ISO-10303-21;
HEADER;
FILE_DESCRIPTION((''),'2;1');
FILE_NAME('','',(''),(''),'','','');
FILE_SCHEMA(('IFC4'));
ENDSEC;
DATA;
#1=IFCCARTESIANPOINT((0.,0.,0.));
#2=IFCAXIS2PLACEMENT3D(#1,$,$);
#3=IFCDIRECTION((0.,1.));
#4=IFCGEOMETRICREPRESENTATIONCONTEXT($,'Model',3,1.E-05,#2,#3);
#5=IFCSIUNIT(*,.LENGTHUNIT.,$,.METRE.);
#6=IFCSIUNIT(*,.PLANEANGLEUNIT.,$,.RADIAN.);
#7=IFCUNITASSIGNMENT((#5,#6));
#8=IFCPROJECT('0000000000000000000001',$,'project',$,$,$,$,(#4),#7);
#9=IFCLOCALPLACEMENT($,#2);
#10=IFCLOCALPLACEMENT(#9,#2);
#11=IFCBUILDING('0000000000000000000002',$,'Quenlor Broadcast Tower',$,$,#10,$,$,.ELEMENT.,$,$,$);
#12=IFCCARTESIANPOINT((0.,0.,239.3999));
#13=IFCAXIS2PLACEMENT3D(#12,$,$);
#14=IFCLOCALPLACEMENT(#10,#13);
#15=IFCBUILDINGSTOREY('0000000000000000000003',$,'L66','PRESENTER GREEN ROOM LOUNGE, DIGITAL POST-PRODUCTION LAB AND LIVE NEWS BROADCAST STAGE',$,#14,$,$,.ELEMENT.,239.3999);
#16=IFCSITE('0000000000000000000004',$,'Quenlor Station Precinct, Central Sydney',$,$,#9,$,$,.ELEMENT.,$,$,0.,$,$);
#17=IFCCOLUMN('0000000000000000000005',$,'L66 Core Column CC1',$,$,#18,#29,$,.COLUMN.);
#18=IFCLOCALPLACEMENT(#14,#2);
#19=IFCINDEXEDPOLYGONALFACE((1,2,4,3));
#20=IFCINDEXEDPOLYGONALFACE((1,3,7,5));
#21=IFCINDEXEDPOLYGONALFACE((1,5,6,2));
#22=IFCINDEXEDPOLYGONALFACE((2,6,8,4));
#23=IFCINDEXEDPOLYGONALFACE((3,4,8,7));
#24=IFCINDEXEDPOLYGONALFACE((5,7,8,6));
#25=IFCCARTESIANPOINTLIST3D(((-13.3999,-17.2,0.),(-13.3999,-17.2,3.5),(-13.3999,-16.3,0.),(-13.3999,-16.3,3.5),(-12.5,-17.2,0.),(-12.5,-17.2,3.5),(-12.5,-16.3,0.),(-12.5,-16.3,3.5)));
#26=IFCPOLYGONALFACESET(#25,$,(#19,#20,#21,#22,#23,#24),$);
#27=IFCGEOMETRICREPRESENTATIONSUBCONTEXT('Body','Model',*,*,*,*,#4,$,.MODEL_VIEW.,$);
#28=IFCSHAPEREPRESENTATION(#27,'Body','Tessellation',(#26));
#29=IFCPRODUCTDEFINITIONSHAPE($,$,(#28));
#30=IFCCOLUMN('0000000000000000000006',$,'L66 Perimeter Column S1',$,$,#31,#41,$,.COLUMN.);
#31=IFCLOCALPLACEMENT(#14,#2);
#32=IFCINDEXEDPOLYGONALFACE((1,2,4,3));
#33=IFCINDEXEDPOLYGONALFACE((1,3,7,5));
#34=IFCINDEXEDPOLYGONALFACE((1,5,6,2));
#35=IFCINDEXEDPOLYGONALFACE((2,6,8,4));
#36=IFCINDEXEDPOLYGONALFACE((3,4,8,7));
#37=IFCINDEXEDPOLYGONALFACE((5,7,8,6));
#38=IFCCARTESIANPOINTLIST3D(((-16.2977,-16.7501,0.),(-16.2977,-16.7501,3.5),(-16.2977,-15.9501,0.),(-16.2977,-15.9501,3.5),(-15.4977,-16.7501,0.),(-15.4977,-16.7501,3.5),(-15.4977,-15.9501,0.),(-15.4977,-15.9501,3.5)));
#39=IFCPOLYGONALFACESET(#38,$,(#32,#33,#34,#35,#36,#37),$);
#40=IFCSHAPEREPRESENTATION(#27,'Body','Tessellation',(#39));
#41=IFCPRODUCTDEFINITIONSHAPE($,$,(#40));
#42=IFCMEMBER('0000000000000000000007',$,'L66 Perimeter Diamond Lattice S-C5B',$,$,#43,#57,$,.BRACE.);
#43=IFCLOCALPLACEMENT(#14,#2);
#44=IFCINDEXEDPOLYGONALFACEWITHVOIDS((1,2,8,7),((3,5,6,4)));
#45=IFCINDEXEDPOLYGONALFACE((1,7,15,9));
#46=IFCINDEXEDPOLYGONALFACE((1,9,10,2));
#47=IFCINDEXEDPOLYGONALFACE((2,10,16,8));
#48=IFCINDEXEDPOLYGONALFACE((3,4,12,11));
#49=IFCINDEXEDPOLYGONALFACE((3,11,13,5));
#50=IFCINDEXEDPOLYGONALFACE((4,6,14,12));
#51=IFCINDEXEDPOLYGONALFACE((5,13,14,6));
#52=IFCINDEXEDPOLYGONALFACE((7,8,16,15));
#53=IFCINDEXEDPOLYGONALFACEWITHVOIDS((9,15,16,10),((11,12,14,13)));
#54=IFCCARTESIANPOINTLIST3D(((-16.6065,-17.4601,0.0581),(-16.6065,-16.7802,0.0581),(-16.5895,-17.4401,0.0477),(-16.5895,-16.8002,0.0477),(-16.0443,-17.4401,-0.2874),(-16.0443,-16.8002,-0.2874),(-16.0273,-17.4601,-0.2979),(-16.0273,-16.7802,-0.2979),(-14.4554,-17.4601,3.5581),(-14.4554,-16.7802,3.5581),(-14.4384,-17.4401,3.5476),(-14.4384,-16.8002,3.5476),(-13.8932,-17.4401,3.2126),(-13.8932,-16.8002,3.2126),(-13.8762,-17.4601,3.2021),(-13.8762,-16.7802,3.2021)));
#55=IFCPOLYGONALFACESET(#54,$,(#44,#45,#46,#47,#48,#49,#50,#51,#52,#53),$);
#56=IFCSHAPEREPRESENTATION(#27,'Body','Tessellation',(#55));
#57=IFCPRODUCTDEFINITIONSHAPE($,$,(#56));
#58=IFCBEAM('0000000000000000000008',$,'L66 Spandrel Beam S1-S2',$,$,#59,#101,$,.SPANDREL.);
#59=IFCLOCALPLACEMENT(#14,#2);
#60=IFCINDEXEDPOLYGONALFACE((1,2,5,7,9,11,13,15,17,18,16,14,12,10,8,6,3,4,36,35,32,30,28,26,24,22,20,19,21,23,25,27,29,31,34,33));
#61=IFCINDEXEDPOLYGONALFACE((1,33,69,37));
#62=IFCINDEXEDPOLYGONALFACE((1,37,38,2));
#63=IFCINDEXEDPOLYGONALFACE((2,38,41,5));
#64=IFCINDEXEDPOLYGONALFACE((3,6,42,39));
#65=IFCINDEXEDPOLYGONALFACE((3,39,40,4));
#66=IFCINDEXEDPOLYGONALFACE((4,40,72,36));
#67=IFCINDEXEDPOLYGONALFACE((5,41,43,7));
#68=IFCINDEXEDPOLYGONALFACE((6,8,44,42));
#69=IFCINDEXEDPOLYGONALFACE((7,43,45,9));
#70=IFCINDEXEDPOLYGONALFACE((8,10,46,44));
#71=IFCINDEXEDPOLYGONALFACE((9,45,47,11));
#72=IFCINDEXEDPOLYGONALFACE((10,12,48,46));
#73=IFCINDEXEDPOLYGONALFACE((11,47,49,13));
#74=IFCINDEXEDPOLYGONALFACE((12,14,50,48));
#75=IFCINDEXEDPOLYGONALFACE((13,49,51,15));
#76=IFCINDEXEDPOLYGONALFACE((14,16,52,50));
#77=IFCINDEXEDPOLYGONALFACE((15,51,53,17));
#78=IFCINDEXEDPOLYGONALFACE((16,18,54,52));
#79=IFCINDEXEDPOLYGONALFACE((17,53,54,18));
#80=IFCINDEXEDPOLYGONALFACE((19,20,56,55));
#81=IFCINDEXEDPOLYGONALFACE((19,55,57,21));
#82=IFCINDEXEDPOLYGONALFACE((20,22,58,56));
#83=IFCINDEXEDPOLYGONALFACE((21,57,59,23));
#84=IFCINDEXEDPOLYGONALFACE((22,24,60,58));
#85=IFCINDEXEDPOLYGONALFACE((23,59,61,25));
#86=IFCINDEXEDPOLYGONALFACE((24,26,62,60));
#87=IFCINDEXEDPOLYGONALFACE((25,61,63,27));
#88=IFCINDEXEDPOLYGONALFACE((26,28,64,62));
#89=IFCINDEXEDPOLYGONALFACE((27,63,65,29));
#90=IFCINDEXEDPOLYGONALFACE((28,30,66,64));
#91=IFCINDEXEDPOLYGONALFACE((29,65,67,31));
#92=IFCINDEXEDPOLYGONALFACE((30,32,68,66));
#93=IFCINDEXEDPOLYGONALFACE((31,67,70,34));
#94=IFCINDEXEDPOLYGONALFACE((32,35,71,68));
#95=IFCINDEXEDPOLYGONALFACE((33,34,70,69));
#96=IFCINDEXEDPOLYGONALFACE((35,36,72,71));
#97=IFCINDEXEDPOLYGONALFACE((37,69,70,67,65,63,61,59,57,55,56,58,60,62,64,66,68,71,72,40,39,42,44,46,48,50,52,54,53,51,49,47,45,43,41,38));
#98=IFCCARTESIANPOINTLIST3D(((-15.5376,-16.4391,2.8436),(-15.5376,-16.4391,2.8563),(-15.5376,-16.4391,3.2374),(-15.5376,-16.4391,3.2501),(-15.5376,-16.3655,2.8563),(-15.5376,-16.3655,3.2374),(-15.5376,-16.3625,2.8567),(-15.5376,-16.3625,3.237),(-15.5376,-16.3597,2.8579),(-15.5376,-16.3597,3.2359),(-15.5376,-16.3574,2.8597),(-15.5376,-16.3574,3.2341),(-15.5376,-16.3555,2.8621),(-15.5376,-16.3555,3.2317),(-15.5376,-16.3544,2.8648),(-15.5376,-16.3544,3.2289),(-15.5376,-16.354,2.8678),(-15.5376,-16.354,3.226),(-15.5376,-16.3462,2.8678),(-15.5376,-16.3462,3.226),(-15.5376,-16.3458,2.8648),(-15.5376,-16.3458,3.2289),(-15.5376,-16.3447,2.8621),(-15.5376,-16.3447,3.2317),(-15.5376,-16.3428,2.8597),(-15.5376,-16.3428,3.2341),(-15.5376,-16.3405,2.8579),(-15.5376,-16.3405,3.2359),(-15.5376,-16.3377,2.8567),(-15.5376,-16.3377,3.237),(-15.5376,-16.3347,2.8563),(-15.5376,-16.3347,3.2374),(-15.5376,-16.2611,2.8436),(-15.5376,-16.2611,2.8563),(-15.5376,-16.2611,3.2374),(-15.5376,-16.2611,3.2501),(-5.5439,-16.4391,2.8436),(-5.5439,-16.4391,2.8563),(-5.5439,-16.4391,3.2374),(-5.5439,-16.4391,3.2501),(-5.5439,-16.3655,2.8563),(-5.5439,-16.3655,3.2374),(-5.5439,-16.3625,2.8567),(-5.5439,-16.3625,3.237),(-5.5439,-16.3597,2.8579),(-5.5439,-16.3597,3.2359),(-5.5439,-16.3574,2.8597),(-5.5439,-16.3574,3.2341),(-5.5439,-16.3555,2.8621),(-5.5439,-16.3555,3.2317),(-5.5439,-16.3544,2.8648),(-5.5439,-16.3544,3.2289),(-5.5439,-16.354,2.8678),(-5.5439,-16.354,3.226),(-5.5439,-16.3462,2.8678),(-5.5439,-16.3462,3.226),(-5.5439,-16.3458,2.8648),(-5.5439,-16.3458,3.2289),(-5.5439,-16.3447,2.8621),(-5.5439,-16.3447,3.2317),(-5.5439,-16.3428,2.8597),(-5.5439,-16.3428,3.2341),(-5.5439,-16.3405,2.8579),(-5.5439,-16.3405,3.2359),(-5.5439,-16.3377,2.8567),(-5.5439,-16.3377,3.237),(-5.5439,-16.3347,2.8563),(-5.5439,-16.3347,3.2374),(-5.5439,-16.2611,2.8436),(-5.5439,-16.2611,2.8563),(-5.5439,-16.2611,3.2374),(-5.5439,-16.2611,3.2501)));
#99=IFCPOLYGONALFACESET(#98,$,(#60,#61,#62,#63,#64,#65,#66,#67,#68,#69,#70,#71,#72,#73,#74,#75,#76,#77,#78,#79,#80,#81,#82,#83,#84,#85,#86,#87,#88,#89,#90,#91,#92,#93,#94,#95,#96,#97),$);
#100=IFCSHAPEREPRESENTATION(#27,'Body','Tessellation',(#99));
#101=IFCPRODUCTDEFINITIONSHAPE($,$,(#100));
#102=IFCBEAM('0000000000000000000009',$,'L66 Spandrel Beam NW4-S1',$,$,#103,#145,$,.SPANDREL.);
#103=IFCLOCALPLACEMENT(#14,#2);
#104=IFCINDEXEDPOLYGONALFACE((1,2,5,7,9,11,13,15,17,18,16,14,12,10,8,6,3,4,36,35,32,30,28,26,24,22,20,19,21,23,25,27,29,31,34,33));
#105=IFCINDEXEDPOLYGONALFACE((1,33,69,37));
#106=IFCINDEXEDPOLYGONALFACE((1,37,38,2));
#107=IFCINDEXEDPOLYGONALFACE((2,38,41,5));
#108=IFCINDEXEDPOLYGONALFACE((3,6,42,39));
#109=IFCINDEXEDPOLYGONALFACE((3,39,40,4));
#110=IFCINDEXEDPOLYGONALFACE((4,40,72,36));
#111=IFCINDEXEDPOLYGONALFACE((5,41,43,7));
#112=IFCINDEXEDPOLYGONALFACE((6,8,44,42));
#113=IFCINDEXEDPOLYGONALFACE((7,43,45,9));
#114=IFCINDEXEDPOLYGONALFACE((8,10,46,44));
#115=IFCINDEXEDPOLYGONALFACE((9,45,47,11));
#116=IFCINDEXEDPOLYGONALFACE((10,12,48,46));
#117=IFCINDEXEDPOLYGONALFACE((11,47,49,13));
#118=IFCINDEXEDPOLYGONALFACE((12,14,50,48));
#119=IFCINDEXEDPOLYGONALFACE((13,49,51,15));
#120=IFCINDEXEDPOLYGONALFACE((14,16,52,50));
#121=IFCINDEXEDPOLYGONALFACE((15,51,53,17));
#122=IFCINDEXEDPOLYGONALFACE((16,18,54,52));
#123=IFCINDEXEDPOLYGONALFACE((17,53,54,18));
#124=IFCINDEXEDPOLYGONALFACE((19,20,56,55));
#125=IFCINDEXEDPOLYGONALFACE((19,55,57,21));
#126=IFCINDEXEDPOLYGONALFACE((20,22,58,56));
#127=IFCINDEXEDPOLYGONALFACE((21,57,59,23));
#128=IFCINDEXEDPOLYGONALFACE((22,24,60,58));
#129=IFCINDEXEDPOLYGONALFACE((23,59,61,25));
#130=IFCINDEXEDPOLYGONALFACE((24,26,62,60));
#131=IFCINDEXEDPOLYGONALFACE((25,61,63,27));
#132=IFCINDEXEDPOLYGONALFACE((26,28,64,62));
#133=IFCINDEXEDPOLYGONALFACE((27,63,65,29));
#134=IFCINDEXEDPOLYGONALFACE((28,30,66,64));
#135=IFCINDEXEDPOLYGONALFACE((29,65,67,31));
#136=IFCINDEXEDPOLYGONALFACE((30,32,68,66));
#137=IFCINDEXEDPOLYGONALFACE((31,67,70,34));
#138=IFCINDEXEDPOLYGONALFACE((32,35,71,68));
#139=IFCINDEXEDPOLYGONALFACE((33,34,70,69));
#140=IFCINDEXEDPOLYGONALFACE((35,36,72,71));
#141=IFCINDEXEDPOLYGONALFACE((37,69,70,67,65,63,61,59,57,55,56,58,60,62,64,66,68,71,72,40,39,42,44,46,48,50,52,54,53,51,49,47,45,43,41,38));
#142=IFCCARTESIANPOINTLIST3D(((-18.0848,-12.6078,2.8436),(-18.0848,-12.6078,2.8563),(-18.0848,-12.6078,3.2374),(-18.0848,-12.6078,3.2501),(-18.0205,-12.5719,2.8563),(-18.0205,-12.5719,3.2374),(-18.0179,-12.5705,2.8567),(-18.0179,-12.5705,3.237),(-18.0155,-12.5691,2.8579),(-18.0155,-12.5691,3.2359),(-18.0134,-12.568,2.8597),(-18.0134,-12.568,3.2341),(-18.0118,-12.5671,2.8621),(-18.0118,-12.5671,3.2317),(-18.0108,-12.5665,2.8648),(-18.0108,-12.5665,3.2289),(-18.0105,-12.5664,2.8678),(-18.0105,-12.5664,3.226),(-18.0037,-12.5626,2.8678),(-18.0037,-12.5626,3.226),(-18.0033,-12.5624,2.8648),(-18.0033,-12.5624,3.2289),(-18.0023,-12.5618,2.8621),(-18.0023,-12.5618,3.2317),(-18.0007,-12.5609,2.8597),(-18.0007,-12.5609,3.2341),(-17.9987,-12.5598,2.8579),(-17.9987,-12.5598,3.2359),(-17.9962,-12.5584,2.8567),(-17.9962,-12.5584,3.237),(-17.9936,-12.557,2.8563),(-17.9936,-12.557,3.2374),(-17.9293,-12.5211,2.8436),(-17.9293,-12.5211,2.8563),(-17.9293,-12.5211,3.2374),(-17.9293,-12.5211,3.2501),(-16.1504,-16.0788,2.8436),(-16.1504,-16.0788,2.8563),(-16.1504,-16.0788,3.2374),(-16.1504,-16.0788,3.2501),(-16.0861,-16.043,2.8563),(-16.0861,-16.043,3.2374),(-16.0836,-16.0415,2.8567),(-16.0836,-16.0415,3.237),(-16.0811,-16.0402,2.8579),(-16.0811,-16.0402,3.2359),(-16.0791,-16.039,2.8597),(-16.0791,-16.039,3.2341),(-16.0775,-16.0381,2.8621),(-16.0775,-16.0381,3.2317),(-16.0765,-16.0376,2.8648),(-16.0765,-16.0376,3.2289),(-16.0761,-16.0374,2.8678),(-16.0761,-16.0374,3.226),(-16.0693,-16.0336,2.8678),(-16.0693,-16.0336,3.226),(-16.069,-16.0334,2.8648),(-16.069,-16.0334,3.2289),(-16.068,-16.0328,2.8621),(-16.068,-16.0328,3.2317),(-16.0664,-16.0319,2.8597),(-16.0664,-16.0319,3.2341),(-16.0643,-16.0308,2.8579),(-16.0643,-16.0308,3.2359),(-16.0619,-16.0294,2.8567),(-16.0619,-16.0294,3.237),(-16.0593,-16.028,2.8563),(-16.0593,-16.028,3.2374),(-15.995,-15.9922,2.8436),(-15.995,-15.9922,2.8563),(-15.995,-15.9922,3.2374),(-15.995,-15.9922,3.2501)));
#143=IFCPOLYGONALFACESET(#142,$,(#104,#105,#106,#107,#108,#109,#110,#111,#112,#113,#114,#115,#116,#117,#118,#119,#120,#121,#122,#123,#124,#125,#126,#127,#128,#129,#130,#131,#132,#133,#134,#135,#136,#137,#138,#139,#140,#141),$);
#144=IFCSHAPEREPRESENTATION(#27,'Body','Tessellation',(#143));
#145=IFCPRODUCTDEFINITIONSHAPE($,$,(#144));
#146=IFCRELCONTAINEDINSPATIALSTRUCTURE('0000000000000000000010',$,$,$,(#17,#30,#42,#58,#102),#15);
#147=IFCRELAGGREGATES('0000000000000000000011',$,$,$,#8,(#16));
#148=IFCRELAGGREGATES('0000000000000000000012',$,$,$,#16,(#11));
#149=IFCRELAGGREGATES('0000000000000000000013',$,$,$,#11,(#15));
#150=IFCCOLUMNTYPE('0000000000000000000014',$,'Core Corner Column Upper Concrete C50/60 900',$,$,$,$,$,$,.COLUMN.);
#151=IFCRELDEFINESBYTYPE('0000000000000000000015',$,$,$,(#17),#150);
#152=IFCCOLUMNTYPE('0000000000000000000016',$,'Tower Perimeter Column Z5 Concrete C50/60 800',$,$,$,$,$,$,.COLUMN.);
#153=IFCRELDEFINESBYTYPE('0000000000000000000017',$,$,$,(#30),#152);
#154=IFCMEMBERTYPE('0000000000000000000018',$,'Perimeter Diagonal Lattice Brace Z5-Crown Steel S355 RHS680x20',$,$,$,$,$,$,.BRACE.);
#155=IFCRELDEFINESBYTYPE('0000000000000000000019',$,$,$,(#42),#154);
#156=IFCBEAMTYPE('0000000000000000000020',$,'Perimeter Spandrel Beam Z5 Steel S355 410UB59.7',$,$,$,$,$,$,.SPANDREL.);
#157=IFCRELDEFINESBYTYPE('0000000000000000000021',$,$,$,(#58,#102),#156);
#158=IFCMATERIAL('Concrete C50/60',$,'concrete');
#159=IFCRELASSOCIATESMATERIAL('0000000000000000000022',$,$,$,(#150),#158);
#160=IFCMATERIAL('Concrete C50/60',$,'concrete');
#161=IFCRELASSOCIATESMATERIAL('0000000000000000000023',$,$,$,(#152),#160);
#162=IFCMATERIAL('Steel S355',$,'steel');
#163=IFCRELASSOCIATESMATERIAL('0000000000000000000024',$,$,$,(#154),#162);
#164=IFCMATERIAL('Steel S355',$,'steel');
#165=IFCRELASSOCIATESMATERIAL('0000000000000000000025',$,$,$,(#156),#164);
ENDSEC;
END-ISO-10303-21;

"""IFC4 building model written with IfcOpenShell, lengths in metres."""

from ifc_helpers import new_model, si_unit, direction, frame, origin, origin_2d, place, context, subcontext, project, spatial, rectangle, hollow_rectangle, i_section, extrude, material, material_profile, profile_set, type_object, element, save


model = new_model("IFC4")

# Units and contexts
model_context = context("Model", 3, precision=1e-05, world=origin(), true_north=direction((0.0, 1.0)))
body_context = subcontext(model_context, "Body", "Model", "MODEL_VIEW")
ifc_project = project(units=[si_unit("LENGTHUNIT", "METRE"), si_unit("PLANEANGLEUNIT", "RADIAN")], contexts=[model_context])

# Site, building, storey
site_placement = place(None, origin())
site = spatial("IfcSite", under=ifc_project, at=site_placement, Name="Quenlor Station Precinct, Central Sydney", CompositionType="ELEMENT", RefElevation=0.0)
building_placement = place(site_placement, origin())
building = spatial("IfcBuilding", under=site, at=building_placement, Name="Quenlor Broadcast Tower", CompositionType="ELEMENT")
storey_placement = place(building_placement, frame((0.0, 0.0, 239.3999)))
storey = spatial("IfcBuildingStorey", under=building, at=storey_placement, Name="L66", Description="PRESENTER GREEN ROOM LOUNGE, DIGITAL POST-PRODUCTION LAB AND LIVE NEWS BROADCAST STAGE", CompositionType="ELEMENT", Elevation=239.3999)

# Columns
ifc_material_1 = material(Name="Concrete C50/60", Category="concrete")
ifc_material_profile_1 = material_profile(ifc_material_1, rectangle(XDim=0.8999, YDim=0.8999, at=origin_2d()))
ifc_profile_set_1 = profile_set([ifc_material_profile_1], Name="Concrete C50/60 RC900x900")
column_type_1 = type_object("IfcColumnType", Name="Core Corner Column Upper Concrete C50/60 900", PredefinedType="COLUMN", material=ifc_profile_set_1)
column_1_placement = place(storey_placement, frame((-12.95, -16.75, 0.0), z_axis=(0.0, 0.0, 1.0), x_axis=(1.0, 0.0, 0.0)))
element("IfcColumn", 1, at=column_1_placement, inside=storey, type_object=column_type_1, Name="L66 Core Column CC1", PredefinedType="COLUMN", context=body_context, shape_type="SweptSolid", body=[
    extrude(rectangle(XDim=0.8999, YDim=0.8999, at=origin_2d()), origin(), (0.0, 0.0, 1.0), 3.5),
])
ifc_material_2 = material(Name="Concrete C50/60", Category="concrete")
ifc_material_profile_2 = material_profile(ifc_material_2, rectangle(XDim=0.8, YDim=0.8, at=origin_2d()))
ifc_profile_set_2 = profile_set([ifc_material_profile_2], Name="Concrete C50/60 RC800x800")
column_type_2 = type_object("IfcColumnType", Name="Tower Perimeter Column Z5 Concrete C50/60 800", PredefinedType="COLUMN", material=ifc_profile_set_2)
column_2_placement = place(storey_placement, frame((-15.8977, -16.3501, 0.0), z_axis=(0.0, 0.0, 1.0), x_axis=(0.0, 1.0, 0.0)))
element("IfcColumn", 2, at=column_2_placement, inside=storey, type_object=column_type_2, Name="L66 Perimeter Column S1", PredefinedType="COLUMN", context=body_context, shape_type="SweptSolid", body=[
    extrude(rectangle(XDim=0.8, YDim=0.8, at=origin_2d()), origin(), (0.0, 0.0, 1.0), 3.5),
])

# Member
ifc_material_3 = material(Name="Steel S355", Category="steel")
ifc_material_profile_3 = material_profile(ifc_material_3, hollow_rectangle(XDim=0.6799, YDim=0.6799, WallThickness=0.02, at=origin_2d()))
ifc_profile_set_3 = profile_set([ifc_material_profile_3], Name="Steel S355 RHS680x680x20")
member_type = type_object("IfcMemberType", Name="Perimeter Diagonal Lattice Brace Z5-Crown Steel S355 RHS680x20", PredefinedType="BRACE", material=ifc_profile_set_3)
member_placement = place(storey_placement, frame((-16.3169, -17.1201, -0.1199), z_axis=(0.523617, 0.0, 0.851954), x_axis=(0.0, 1.0, 0.0)))
element("IfcMember", 3, at=member_placement, inside=storey, type_object=member_type, Name="L66 Perimeter Diamond Lattice S-C5B", PredefinedType="BRACE", context=body_context, shape_type="SweptSolid", body=[
    extrude(hollow_rectangle(XDim=0.6799, YDim=0.6799, WallThickness=0.02, at=origin_2d()), origin(), (0.0, 0.0, 1.0), 4.1082),
])

# Beams
ifc_material_4 = material(Name="Steel S355", Category="steel")
ifc_material_profile_4 = material_profile(ifc_material_4, i_section(OverallWidth=0.178, OverallDepth=0.4065, WebThickness=0.0078, FlangeThickness=0.0127, FilletRadius=0.0115, at=origin_2d()))
ifc_profile_set_4 = profile_set([ifc_material_profile_4], Name="Steel S355 410UB59.7")
beam_type_1 = type_object("IfcBeamType", Name="Perimeter Spandrel Beam Z5 Steel S355 410UB59.7", PredefinedType="SPANDREL", material=ifc_profile_set_4)
beam_1_placement = place(storey_placement, frame((-15.5376, -16.3501, 3.0469), z_axis=(1.0, 0.0, 0.0), x_axis=(0.0, 1.0, 0.0)))
element("IfcBeam", 4, at=beam_1_placement, inside=storey, type_object=beam_type_1, Name="L66 Spandrel Beam S1-S2", PredefinedType="SPANDREL", context=body_context, shape_type="SweptSolid", body=[
    extrude(i_section(OverallWidth=0.178, OverallDepth=0.4065, WebThickness=0.0078, FlangeThickness=0.0127, FilletRadius=0.0115, at=origin_2d()), origin(), (0.0, 0.0, 1.0), 9.9937),
])
beam_2_placement = place(storey_placement, frame((-18.0071, -12.5645, 3.0469), z_axis=(0.486801, -0.873513, 0.0), x_axis=(0.873513, 0.486801, 0.0)))
element("IfcBeam", 5, at=beam_2_placement, inside=storey, type_object=beam_type_1, Name="L66 Spandrel Beam NW4-S1", PredefinedType="SPANDREL", context=body_context, shape_type="SweptSolid", body=[
    extrude(i_section(OverallWidth=0.178, OverallDepth=0.4065, WebThickness=0.0078, FlangeThickness=0.0127, FilletRadius=0.0115, at=origin_2d()), origin(), (0.0, 0.0, 1.0), 3.9736),
])

save(model, "model.ifc")
